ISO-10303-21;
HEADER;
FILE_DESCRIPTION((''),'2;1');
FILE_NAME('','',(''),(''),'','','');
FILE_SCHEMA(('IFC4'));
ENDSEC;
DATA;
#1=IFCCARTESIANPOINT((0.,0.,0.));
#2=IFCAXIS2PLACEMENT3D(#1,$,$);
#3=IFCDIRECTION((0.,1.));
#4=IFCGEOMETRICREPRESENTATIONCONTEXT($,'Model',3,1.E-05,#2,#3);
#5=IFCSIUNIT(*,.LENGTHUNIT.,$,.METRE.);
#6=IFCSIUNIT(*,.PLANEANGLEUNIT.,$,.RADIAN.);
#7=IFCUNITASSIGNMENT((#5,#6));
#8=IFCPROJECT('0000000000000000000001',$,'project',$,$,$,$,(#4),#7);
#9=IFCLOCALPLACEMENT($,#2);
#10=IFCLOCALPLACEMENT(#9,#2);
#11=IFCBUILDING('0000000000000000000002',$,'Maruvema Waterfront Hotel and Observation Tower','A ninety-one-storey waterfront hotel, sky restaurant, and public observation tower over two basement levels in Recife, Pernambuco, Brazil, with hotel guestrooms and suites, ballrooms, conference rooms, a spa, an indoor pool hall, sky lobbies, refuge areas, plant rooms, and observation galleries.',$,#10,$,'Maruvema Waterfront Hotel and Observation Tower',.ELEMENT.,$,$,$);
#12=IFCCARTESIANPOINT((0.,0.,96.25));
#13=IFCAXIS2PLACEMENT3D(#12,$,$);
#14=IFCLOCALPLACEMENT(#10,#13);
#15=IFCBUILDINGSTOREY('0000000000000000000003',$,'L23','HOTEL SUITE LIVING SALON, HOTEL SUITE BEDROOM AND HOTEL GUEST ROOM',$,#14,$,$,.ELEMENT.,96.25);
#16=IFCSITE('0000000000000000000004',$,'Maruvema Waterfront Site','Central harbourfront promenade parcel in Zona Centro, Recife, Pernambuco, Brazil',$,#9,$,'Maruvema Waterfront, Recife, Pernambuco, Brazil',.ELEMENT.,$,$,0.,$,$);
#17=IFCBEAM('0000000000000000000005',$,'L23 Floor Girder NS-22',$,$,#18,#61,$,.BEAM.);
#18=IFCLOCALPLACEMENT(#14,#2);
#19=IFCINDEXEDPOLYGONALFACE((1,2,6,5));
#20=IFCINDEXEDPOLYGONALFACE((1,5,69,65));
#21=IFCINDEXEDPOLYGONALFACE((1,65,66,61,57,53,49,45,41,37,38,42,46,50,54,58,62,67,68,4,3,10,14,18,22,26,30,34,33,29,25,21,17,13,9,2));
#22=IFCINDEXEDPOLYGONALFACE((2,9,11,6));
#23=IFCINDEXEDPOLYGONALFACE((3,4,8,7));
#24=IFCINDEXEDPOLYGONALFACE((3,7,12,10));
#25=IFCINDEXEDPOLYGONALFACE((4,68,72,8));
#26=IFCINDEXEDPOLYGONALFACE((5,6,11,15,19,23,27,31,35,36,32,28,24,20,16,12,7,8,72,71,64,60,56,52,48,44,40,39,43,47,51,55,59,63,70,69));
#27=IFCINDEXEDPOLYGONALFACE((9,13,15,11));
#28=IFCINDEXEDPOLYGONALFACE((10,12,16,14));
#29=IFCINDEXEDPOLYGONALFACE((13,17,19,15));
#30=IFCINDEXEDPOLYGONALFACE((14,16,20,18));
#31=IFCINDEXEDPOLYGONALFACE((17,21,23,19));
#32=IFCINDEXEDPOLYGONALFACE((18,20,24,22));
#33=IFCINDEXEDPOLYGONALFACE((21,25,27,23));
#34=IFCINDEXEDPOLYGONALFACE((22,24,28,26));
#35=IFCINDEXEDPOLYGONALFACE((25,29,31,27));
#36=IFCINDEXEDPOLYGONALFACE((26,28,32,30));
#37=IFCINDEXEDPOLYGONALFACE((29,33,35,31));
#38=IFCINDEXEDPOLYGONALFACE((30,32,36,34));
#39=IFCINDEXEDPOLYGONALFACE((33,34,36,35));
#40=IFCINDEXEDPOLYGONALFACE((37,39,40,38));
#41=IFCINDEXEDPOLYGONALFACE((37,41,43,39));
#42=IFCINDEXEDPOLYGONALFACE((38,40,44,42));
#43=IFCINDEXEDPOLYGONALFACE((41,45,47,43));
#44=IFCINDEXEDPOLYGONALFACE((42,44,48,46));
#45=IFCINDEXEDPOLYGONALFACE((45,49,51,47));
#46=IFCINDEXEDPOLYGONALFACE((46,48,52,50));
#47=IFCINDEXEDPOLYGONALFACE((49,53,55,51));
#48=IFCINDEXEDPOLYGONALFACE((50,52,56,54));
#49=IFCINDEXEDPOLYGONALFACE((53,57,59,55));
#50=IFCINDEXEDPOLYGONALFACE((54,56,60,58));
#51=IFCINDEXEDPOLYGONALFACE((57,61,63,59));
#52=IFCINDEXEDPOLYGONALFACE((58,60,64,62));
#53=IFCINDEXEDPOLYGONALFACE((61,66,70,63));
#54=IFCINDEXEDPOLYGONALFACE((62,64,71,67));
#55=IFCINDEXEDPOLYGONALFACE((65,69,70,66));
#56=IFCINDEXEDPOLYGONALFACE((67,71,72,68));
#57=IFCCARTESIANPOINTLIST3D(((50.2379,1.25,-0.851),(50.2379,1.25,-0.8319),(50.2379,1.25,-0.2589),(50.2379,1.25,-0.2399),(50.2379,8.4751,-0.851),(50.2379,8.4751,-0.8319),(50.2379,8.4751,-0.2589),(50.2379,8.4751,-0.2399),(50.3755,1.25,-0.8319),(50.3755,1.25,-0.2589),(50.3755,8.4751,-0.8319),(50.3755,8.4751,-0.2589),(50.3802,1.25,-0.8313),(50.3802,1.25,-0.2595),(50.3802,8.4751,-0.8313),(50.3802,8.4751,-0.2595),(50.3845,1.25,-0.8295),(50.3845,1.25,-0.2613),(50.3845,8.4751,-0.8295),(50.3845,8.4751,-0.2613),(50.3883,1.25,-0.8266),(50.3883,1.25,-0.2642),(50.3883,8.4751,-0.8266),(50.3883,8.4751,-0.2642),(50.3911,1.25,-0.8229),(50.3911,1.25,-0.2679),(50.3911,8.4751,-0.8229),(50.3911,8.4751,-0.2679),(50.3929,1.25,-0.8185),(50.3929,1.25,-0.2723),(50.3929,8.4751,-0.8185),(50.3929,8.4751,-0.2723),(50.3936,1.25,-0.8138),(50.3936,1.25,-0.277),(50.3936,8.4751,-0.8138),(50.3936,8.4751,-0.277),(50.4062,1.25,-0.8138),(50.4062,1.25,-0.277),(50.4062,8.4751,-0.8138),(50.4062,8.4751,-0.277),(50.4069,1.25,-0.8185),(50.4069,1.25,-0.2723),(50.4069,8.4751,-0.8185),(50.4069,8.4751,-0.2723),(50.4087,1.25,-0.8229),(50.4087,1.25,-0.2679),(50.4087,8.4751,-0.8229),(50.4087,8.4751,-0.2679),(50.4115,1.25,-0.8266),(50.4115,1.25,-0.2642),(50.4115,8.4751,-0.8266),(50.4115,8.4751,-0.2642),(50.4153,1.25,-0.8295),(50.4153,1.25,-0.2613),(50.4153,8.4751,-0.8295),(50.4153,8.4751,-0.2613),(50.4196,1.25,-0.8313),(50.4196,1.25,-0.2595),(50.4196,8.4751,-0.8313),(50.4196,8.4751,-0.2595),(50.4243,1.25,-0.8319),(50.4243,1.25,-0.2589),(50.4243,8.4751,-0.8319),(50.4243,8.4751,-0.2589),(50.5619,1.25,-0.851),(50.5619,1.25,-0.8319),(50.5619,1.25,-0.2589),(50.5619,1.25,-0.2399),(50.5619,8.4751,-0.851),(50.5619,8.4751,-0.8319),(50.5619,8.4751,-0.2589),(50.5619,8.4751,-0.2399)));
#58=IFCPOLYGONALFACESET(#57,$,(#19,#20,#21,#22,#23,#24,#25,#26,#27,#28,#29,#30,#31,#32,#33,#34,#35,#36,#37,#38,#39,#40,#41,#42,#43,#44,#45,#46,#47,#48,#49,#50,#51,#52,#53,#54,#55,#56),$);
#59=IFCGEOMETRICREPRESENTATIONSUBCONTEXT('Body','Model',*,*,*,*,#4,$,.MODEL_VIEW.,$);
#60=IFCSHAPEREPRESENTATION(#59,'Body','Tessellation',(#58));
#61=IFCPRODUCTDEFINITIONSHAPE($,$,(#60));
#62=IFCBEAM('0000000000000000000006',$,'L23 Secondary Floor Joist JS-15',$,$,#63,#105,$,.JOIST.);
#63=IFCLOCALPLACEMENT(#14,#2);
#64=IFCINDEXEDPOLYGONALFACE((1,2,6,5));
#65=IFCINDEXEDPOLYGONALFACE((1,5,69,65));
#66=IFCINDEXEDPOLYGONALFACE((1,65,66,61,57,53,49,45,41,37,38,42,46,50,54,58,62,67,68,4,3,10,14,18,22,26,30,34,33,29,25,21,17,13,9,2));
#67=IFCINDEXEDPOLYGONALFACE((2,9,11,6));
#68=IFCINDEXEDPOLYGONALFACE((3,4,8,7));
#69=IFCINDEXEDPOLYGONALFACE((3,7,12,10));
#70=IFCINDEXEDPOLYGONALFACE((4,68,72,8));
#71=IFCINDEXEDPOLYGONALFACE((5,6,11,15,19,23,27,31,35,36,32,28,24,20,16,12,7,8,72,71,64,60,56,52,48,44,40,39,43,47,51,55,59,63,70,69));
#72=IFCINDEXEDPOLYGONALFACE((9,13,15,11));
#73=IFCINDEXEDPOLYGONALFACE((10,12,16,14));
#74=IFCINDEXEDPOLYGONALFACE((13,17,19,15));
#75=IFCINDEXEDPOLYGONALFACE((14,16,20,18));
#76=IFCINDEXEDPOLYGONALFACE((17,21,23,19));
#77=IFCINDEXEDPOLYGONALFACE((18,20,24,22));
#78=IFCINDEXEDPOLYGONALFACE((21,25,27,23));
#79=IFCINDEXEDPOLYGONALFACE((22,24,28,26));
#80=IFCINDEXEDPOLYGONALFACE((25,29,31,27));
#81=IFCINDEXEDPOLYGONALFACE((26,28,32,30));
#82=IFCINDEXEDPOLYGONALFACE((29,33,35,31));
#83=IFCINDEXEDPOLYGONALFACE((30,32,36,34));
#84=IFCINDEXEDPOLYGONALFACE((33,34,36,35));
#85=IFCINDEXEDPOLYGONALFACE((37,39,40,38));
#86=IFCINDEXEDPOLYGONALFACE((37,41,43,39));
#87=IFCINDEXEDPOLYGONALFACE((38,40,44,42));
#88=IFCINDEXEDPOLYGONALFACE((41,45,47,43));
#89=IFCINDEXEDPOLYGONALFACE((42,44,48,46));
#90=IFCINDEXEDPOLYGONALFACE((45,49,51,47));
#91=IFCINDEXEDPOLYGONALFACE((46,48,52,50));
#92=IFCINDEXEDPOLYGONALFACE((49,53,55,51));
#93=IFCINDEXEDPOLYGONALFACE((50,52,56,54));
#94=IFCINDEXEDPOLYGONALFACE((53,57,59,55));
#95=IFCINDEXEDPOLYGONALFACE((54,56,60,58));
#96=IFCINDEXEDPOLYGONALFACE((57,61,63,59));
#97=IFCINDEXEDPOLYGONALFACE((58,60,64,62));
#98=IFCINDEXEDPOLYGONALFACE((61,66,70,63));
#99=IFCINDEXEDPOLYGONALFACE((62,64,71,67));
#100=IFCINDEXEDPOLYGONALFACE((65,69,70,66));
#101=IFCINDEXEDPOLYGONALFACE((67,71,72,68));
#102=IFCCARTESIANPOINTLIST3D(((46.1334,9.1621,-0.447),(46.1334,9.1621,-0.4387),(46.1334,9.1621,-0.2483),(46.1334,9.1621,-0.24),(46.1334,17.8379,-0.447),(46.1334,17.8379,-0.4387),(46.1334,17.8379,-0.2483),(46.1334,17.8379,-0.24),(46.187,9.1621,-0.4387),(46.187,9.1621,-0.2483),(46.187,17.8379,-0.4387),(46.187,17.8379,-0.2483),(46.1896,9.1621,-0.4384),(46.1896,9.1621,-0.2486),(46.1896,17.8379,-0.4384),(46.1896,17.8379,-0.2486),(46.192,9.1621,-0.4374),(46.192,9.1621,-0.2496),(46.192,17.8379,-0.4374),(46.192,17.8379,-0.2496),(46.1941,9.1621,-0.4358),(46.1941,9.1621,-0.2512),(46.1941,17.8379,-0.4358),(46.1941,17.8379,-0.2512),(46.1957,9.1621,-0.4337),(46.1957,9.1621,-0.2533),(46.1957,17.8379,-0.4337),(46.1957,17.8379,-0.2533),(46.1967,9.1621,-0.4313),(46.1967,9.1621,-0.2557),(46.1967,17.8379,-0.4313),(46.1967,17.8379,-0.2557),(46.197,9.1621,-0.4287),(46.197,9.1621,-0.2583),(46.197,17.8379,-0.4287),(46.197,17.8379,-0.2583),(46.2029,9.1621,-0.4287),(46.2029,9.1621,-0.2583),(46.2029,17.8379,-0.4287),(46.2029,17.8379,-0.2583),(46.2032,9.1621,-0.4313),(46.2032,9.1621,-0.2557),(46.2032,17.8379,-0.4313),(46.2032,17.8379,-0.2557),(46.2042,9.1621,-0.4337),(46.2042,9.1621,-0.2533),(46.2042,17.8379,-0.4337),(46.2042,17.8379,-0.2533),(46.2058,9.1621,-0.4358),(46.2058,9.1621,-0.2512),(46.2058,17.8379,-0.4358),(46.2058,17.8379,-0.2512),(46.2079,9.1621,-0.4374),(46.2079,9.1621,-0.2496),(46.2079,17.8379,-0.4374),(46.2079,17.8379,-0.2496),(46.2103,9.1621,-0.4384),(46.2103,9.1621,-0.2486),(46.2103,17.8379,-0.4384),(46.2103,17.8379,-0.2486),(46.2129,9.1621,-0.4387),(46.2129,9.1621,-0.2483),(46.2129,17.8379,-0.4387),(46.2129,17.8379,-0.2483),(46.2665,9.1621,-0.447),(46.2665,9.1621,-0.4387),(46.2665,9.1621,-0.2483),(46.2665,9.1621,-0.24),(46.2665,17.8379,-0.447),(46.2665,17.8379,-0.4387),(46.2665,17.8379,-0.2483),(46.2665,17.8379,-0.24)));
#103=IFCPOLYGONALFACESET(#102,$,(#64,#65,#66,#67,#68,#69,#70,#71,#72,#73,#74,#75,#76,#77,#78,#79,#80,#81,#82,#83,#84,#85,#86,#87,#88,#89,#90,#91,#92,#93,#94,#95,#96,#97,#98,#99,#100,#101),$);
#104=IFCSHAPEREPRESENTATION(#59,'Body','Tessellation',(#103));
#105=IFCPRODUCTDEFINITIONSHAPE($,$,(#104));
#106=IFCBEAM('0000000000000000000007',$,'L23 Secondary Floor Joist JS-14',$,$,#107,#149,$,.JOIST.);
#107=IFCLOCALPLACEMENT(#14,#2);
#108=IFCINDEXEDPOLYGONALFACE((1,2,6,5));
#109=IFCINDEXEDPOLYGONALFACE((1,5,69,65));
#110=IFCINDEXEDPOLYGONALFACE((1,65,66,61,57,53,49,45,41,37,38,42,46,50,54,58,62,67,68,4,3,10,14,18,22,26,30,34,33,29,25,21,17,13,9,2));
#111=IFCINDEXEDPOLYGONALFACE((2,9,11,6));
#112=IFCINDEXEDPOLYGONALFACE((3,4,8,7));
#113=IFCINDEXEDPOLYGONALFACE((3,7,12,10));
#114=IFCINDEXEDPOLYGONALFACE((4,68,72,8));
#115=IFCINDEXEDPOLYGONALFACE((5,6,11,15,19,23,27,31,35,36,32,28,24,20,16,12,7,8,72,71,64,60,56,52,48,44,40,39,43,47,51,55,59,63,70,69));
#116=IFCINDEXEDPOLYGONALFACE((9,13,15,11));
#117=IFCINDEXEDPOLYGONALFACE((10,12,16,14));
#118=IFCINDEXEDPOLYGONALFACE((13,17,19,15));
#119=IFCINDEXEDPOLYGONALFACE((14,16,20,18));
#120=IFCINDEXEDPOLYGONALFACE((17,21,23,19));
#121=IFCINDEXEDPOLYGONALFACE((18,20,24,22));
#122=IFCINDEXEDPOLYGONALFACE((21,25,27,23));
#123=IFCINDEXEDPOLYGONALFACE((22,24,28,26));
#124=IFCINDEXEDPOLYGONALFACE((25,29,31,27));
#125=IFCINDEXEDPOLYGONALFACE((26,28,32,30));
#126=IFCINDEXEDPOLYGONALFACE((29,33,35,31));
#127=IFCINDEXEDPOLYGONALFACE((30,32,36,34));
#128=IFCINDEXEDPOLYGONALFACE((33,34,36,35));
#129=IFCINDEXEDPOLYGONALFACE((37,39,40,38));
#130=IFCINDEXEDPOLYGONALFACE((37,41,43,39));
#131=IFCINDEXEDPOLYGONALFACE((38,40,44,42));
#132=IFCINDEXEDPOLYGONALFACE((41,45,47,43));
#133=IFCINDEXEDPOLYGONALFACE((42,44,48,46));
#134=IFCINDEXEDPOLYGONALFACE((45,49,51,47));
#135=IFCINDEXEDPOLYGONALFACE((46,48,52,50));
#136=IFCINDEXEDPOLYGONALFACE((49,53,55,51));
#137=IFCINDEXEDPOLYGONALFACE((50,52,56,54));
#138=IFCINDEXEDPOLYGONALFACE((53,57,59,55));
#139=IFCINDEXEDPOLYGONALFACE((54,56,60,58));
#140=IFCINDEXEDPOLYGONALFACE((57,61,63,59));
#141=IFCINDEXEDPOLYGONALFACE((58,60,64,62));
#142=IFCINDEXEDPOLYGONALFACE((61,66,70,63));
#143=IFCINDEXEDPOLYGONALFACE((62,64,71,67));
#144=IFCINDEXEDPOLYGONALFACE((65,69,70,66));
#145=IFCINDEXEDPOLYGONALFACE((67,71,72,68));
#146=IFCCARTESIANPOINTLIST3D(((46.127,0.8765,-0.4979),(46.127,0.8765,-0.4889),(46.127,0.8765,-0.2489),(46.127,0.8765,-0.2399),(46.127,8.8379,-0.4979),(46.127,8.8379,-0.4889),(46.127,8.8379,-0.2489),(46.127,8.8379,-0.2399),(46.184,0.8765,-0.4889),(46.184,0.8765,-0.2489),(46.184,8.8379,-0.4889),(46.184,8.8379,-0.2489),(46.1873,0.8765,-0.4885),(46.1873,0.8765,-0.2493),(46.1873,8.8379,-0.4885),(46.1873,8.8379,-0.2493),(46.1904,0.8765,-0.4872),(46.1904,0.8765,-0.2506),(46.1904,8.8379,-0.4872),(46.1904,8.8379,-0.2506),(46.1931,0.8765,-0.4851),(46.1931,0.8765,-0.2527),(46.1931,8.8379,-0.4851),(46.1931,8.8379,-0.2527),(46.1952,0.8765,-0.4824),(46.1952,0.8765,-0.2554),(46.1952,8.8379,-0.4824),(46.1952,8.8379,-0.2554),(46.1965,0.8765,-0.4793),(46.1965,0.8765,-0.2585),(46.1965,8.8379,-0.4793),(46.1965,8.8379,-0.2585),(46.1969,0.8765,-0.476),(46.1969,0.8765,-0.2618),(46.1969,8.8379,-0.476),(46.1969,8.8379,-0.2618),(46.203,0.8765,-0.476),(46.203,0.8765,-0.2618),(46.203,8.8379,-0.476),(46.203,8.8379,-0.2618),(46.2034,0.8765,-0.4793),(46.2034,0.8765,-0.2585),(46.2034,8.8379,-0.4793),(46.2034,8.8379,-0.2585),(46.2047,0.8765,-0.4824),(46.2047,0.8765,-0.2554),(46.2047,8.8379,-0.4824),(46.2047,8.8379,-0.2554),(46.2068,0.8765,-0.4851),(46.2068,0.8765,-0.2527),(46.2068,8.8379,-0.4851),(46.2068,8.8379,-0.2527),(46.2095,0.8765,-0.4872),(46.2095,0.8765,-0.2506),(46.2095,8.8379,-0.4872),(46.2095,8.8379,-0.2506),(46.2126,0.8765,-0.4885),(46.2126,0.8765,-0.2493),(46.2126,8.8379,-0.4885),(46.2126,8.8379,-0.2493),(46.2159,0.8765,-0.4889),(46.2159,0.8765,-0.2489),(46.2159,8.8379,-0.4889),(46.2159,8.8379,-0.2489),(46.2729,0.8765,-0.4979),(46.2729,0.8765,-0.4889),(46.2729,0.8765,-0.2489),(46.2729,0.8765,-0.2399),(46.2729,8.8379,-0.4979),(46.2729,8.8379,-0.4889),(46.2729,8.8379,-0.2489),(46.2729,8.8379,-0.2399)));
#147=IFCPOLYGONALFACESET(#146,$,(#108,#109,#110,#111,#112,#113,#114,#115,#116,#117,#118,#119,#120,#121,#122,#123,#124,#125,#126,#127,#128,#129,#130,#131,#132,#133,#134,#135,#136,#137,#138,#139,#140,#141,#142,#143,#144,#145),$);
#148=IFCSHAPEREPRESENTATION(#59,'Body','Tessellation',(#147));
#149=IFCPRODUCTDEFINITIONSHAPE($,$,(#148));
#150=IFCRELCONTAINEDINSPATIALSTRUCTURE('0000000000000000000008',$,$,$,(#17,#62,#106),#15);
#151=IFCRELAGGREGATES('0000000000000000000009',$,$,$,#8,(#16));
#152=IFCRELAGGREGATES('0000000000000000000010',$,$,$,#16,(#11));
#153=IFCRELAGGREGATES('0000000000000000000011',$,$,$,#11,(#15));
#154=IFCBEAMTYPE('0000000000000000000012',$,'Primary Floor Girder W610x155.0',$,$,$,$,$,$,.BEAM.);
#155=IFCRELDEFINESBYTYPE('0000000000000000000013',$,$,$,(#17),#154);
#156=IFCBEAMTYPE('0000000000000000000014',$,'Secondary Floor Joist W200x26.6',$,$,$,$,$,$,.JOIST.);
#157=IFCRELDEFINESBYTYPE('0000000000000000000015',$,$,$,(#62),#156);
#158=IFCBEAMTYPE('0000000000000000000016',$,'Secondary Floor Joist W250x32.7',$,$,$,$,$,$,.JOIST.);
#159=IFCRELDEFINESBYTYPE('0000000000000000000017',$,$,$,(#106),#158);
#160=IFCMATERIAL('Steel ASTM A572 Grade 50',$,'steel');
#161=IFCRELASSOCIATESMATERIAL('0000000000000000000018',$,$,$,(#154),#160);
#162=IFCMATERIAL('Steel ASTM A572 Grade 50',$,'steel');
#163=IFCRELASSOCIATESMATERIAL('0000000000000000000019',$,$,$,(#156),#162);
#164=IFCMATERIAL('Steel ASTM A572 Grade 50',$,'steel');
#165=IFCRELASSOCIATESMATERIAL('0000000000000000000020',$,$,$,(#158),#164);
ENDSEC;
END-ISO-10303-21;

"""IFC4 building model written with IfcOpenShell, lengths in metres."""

from ifc_helpers import new_model, si_unit, direction, frame, origin, origin_2d, place, context, subcontext, project, spatial, i_section, extrude, material, material_profile, profile_set, type_object, element, save


model = new_model("IFC4")

# Units and contexts
model_context = context("Model", 3, precision=1e-05, world=origin(), true_north=direction((0.0, 1.0)))
body_context = subcontext(model_context, "Body", "Model", "MODEL_VIEW")
ifc_project = project(units=[si_unit("LENGTHUNIT", "METRE"), si_unit("PLANEANGLEUNIT", "RADIAN")], contexts=[model_context])

# Site, building, storey
site_placement = place(None, origin())
site = spatial("IfcSite", under=ifc_project, at=site_placement, Name="Maruvema Waterfront Site", Description="Central harbourfront promenade parcel in Zona Centro, Recife, Pernambuco, Brazil", LongName="Maruvema Waterfront, Recife, Pernambuco, Brazil", CompositionType="ELEMENT", RefElevation=0.0)
building_placement = place(site_placement, origin())
building = spatial("IfcBuilding", under=site, at=building_placement, Name="Maruvema Waterfront Hotel and Observation Tower", Description="A ninety-one-storey waterfront hotel, sky restaurant, and public observation tower over two basement levels in Recife, Pernambuco, Brazil, with hotel guestrooms and suites, ballrooms, conference rooms, a spa, an indoor pool hall, sky lobbies, refuge areas, plant rooms, and observation galleries.", LongName="Maruvema Waterfront Hotel and Observation Tower", CompositionType="ELEMENT")
storey_placement = place(building_placement, frame((0.0, 0.0, 96.25)))
storey = spatial("IfcBuildingStorey", under=building, at=storey_placement, Name="L23", Description="HOTEL SUITE LIVING SALON, HOTEL SUITE BEDROOM AND HOTEL GUEST ROOM", CompositionType="ELEMENT", Elevation=96.25)

# Beams
ifc_material_1 = material(Name="Steel ASTM A572 Grade 50", Category="steel")
ifc_material_profile_1 = material_profile(ifc_material_1, i_section(OverallWidth=0.324, OverallDepth=0.6111, WebThickness=0.0127, FlangeThickness=0.019, FilletRadius=0.0181, at=origin_2d()), Name="W610x155.0")
ifc_profile_set_1 = profile_set([ifc_material_profile_1], Name="Steel ASTM A572 Grade 50")
beam_type_1 = type_object("IfcBeamType", Name="Primary Floor Girder W610x155.0", PredefinedType="BEAM", material=ifc_profile_set_1)
beam_1_placement = place(storey_placement, frame((50.3999, 1.25, -0.5454), z_axis=(0.0, 1.0, 0.0), x_axis=(-1.0, 0.0, 0.0)))
element("IfcBeam", 1, at=beam_1_placement, inside=storey, type_object=beam_type_1, Name="L23 Floor Girder NS-22", PredefinedType="BEAM", context=body_context, shape_type="SweptSolid", body=[
    extrude(i_section(OverallWidth=0.324, OverallDepth=0.6111, WebThickness=0.0127, FlangeThickness=0.019, FilletRadius=0.0181, at=origin_2d()), origin(), (0.0, 0.0, 1.0), 7.2251),
])
ifc_material_2 = material(Name="Steel ASTM A572 Grade 50", Category="steel")
ifc_material_profile_2 = material_profile(ifc_material_2, i_section(OverallWidth=0.1331, OverallDepth=0.207, WebThickness=0.0059, FlangeThickness=0.0083, FilletRadius=0.01, at=origin_2d()), Name="W200x26.6")
ifc_profile_set_2 = profile_set([ifc_material_profile_2], Name="Steel ASTM A572 Grade 50")
beam_type_2 = type_object("IfcBeamType", Name="Secondary Floor Joist W200x26.6", PredefinedType="JOIST", material=ifc_profile_set_2)
beam_2_placement = place(storey_placement, frame((46.2, 9.1621, -0.3435), z_axis=(0.0, 1.0, 0.0), x_axis=(-1.0, 0.0, 0.0)))
element("IfcBeam", 2, at=beam_2_placement, inside=storey, type_object=beam_type_2, Name="L23 Secondary Floor Joist JS-15", PredefinedType="JOIST", context=body_context, shape_type="SweptSolid", body=[
    extrude(i_section(OverallWidth=0.1331, OverallDepth=0.207, WebThickness=0.0059, FlangeThickness=0.0083, FilletRadius=0.01, at=origin_2d()), origin(), (0.0, 0.0, 1.0), 8.6758),
])
ifc_material_3 = material(Name="Steel ASTM A572 Grade 50", Category="steel")
ifc_material_profile_3 = material_profile(ifc_material_3, i_section(OverallWidth=0.146, OverallDepth=0.2581, WebThickness=0.0061, FlangeThickness=0.009, FilletRadius=0.0129, at=origin_2d()), Name="W250x32.7")
ifc_profile_set_3 = profile_set([ifc_material_profile_3], Name="Steel ASTM A572 Grade 50")
beam_type_3 = type_object("IfcBeamType", Name="Secondary Floor Joist W250x32.7", PredefinedType="JOIST", material=ifc_profile_set_3)
beam_3_placement = place(storey_placement, frame((46.2, 0.8765, -0.3689), z_axis=(0.0, 1.0, 0.0), x_axis=(-1.0, 0.0, 0.0)))
element("IfcBeam", 3, at=beam_3_placement, inside=storey, type_object=beam_type_3, Name="L23 Secondary Floor Joist JS-14", PredefinedType="JOIST", context=body_context, shape_type="SweptSolid", body=[
    extrude(i_section(OverallWidth=0.146, OverallDepth=0.2581, WebThickness=0.0061, FlangeThickness=0.009, FilletRadius=0.0129, at=origin_2d()), origin(), (0.0, 0.0, 1.0), 7.9614),
])

save(model, "model.ifc")
